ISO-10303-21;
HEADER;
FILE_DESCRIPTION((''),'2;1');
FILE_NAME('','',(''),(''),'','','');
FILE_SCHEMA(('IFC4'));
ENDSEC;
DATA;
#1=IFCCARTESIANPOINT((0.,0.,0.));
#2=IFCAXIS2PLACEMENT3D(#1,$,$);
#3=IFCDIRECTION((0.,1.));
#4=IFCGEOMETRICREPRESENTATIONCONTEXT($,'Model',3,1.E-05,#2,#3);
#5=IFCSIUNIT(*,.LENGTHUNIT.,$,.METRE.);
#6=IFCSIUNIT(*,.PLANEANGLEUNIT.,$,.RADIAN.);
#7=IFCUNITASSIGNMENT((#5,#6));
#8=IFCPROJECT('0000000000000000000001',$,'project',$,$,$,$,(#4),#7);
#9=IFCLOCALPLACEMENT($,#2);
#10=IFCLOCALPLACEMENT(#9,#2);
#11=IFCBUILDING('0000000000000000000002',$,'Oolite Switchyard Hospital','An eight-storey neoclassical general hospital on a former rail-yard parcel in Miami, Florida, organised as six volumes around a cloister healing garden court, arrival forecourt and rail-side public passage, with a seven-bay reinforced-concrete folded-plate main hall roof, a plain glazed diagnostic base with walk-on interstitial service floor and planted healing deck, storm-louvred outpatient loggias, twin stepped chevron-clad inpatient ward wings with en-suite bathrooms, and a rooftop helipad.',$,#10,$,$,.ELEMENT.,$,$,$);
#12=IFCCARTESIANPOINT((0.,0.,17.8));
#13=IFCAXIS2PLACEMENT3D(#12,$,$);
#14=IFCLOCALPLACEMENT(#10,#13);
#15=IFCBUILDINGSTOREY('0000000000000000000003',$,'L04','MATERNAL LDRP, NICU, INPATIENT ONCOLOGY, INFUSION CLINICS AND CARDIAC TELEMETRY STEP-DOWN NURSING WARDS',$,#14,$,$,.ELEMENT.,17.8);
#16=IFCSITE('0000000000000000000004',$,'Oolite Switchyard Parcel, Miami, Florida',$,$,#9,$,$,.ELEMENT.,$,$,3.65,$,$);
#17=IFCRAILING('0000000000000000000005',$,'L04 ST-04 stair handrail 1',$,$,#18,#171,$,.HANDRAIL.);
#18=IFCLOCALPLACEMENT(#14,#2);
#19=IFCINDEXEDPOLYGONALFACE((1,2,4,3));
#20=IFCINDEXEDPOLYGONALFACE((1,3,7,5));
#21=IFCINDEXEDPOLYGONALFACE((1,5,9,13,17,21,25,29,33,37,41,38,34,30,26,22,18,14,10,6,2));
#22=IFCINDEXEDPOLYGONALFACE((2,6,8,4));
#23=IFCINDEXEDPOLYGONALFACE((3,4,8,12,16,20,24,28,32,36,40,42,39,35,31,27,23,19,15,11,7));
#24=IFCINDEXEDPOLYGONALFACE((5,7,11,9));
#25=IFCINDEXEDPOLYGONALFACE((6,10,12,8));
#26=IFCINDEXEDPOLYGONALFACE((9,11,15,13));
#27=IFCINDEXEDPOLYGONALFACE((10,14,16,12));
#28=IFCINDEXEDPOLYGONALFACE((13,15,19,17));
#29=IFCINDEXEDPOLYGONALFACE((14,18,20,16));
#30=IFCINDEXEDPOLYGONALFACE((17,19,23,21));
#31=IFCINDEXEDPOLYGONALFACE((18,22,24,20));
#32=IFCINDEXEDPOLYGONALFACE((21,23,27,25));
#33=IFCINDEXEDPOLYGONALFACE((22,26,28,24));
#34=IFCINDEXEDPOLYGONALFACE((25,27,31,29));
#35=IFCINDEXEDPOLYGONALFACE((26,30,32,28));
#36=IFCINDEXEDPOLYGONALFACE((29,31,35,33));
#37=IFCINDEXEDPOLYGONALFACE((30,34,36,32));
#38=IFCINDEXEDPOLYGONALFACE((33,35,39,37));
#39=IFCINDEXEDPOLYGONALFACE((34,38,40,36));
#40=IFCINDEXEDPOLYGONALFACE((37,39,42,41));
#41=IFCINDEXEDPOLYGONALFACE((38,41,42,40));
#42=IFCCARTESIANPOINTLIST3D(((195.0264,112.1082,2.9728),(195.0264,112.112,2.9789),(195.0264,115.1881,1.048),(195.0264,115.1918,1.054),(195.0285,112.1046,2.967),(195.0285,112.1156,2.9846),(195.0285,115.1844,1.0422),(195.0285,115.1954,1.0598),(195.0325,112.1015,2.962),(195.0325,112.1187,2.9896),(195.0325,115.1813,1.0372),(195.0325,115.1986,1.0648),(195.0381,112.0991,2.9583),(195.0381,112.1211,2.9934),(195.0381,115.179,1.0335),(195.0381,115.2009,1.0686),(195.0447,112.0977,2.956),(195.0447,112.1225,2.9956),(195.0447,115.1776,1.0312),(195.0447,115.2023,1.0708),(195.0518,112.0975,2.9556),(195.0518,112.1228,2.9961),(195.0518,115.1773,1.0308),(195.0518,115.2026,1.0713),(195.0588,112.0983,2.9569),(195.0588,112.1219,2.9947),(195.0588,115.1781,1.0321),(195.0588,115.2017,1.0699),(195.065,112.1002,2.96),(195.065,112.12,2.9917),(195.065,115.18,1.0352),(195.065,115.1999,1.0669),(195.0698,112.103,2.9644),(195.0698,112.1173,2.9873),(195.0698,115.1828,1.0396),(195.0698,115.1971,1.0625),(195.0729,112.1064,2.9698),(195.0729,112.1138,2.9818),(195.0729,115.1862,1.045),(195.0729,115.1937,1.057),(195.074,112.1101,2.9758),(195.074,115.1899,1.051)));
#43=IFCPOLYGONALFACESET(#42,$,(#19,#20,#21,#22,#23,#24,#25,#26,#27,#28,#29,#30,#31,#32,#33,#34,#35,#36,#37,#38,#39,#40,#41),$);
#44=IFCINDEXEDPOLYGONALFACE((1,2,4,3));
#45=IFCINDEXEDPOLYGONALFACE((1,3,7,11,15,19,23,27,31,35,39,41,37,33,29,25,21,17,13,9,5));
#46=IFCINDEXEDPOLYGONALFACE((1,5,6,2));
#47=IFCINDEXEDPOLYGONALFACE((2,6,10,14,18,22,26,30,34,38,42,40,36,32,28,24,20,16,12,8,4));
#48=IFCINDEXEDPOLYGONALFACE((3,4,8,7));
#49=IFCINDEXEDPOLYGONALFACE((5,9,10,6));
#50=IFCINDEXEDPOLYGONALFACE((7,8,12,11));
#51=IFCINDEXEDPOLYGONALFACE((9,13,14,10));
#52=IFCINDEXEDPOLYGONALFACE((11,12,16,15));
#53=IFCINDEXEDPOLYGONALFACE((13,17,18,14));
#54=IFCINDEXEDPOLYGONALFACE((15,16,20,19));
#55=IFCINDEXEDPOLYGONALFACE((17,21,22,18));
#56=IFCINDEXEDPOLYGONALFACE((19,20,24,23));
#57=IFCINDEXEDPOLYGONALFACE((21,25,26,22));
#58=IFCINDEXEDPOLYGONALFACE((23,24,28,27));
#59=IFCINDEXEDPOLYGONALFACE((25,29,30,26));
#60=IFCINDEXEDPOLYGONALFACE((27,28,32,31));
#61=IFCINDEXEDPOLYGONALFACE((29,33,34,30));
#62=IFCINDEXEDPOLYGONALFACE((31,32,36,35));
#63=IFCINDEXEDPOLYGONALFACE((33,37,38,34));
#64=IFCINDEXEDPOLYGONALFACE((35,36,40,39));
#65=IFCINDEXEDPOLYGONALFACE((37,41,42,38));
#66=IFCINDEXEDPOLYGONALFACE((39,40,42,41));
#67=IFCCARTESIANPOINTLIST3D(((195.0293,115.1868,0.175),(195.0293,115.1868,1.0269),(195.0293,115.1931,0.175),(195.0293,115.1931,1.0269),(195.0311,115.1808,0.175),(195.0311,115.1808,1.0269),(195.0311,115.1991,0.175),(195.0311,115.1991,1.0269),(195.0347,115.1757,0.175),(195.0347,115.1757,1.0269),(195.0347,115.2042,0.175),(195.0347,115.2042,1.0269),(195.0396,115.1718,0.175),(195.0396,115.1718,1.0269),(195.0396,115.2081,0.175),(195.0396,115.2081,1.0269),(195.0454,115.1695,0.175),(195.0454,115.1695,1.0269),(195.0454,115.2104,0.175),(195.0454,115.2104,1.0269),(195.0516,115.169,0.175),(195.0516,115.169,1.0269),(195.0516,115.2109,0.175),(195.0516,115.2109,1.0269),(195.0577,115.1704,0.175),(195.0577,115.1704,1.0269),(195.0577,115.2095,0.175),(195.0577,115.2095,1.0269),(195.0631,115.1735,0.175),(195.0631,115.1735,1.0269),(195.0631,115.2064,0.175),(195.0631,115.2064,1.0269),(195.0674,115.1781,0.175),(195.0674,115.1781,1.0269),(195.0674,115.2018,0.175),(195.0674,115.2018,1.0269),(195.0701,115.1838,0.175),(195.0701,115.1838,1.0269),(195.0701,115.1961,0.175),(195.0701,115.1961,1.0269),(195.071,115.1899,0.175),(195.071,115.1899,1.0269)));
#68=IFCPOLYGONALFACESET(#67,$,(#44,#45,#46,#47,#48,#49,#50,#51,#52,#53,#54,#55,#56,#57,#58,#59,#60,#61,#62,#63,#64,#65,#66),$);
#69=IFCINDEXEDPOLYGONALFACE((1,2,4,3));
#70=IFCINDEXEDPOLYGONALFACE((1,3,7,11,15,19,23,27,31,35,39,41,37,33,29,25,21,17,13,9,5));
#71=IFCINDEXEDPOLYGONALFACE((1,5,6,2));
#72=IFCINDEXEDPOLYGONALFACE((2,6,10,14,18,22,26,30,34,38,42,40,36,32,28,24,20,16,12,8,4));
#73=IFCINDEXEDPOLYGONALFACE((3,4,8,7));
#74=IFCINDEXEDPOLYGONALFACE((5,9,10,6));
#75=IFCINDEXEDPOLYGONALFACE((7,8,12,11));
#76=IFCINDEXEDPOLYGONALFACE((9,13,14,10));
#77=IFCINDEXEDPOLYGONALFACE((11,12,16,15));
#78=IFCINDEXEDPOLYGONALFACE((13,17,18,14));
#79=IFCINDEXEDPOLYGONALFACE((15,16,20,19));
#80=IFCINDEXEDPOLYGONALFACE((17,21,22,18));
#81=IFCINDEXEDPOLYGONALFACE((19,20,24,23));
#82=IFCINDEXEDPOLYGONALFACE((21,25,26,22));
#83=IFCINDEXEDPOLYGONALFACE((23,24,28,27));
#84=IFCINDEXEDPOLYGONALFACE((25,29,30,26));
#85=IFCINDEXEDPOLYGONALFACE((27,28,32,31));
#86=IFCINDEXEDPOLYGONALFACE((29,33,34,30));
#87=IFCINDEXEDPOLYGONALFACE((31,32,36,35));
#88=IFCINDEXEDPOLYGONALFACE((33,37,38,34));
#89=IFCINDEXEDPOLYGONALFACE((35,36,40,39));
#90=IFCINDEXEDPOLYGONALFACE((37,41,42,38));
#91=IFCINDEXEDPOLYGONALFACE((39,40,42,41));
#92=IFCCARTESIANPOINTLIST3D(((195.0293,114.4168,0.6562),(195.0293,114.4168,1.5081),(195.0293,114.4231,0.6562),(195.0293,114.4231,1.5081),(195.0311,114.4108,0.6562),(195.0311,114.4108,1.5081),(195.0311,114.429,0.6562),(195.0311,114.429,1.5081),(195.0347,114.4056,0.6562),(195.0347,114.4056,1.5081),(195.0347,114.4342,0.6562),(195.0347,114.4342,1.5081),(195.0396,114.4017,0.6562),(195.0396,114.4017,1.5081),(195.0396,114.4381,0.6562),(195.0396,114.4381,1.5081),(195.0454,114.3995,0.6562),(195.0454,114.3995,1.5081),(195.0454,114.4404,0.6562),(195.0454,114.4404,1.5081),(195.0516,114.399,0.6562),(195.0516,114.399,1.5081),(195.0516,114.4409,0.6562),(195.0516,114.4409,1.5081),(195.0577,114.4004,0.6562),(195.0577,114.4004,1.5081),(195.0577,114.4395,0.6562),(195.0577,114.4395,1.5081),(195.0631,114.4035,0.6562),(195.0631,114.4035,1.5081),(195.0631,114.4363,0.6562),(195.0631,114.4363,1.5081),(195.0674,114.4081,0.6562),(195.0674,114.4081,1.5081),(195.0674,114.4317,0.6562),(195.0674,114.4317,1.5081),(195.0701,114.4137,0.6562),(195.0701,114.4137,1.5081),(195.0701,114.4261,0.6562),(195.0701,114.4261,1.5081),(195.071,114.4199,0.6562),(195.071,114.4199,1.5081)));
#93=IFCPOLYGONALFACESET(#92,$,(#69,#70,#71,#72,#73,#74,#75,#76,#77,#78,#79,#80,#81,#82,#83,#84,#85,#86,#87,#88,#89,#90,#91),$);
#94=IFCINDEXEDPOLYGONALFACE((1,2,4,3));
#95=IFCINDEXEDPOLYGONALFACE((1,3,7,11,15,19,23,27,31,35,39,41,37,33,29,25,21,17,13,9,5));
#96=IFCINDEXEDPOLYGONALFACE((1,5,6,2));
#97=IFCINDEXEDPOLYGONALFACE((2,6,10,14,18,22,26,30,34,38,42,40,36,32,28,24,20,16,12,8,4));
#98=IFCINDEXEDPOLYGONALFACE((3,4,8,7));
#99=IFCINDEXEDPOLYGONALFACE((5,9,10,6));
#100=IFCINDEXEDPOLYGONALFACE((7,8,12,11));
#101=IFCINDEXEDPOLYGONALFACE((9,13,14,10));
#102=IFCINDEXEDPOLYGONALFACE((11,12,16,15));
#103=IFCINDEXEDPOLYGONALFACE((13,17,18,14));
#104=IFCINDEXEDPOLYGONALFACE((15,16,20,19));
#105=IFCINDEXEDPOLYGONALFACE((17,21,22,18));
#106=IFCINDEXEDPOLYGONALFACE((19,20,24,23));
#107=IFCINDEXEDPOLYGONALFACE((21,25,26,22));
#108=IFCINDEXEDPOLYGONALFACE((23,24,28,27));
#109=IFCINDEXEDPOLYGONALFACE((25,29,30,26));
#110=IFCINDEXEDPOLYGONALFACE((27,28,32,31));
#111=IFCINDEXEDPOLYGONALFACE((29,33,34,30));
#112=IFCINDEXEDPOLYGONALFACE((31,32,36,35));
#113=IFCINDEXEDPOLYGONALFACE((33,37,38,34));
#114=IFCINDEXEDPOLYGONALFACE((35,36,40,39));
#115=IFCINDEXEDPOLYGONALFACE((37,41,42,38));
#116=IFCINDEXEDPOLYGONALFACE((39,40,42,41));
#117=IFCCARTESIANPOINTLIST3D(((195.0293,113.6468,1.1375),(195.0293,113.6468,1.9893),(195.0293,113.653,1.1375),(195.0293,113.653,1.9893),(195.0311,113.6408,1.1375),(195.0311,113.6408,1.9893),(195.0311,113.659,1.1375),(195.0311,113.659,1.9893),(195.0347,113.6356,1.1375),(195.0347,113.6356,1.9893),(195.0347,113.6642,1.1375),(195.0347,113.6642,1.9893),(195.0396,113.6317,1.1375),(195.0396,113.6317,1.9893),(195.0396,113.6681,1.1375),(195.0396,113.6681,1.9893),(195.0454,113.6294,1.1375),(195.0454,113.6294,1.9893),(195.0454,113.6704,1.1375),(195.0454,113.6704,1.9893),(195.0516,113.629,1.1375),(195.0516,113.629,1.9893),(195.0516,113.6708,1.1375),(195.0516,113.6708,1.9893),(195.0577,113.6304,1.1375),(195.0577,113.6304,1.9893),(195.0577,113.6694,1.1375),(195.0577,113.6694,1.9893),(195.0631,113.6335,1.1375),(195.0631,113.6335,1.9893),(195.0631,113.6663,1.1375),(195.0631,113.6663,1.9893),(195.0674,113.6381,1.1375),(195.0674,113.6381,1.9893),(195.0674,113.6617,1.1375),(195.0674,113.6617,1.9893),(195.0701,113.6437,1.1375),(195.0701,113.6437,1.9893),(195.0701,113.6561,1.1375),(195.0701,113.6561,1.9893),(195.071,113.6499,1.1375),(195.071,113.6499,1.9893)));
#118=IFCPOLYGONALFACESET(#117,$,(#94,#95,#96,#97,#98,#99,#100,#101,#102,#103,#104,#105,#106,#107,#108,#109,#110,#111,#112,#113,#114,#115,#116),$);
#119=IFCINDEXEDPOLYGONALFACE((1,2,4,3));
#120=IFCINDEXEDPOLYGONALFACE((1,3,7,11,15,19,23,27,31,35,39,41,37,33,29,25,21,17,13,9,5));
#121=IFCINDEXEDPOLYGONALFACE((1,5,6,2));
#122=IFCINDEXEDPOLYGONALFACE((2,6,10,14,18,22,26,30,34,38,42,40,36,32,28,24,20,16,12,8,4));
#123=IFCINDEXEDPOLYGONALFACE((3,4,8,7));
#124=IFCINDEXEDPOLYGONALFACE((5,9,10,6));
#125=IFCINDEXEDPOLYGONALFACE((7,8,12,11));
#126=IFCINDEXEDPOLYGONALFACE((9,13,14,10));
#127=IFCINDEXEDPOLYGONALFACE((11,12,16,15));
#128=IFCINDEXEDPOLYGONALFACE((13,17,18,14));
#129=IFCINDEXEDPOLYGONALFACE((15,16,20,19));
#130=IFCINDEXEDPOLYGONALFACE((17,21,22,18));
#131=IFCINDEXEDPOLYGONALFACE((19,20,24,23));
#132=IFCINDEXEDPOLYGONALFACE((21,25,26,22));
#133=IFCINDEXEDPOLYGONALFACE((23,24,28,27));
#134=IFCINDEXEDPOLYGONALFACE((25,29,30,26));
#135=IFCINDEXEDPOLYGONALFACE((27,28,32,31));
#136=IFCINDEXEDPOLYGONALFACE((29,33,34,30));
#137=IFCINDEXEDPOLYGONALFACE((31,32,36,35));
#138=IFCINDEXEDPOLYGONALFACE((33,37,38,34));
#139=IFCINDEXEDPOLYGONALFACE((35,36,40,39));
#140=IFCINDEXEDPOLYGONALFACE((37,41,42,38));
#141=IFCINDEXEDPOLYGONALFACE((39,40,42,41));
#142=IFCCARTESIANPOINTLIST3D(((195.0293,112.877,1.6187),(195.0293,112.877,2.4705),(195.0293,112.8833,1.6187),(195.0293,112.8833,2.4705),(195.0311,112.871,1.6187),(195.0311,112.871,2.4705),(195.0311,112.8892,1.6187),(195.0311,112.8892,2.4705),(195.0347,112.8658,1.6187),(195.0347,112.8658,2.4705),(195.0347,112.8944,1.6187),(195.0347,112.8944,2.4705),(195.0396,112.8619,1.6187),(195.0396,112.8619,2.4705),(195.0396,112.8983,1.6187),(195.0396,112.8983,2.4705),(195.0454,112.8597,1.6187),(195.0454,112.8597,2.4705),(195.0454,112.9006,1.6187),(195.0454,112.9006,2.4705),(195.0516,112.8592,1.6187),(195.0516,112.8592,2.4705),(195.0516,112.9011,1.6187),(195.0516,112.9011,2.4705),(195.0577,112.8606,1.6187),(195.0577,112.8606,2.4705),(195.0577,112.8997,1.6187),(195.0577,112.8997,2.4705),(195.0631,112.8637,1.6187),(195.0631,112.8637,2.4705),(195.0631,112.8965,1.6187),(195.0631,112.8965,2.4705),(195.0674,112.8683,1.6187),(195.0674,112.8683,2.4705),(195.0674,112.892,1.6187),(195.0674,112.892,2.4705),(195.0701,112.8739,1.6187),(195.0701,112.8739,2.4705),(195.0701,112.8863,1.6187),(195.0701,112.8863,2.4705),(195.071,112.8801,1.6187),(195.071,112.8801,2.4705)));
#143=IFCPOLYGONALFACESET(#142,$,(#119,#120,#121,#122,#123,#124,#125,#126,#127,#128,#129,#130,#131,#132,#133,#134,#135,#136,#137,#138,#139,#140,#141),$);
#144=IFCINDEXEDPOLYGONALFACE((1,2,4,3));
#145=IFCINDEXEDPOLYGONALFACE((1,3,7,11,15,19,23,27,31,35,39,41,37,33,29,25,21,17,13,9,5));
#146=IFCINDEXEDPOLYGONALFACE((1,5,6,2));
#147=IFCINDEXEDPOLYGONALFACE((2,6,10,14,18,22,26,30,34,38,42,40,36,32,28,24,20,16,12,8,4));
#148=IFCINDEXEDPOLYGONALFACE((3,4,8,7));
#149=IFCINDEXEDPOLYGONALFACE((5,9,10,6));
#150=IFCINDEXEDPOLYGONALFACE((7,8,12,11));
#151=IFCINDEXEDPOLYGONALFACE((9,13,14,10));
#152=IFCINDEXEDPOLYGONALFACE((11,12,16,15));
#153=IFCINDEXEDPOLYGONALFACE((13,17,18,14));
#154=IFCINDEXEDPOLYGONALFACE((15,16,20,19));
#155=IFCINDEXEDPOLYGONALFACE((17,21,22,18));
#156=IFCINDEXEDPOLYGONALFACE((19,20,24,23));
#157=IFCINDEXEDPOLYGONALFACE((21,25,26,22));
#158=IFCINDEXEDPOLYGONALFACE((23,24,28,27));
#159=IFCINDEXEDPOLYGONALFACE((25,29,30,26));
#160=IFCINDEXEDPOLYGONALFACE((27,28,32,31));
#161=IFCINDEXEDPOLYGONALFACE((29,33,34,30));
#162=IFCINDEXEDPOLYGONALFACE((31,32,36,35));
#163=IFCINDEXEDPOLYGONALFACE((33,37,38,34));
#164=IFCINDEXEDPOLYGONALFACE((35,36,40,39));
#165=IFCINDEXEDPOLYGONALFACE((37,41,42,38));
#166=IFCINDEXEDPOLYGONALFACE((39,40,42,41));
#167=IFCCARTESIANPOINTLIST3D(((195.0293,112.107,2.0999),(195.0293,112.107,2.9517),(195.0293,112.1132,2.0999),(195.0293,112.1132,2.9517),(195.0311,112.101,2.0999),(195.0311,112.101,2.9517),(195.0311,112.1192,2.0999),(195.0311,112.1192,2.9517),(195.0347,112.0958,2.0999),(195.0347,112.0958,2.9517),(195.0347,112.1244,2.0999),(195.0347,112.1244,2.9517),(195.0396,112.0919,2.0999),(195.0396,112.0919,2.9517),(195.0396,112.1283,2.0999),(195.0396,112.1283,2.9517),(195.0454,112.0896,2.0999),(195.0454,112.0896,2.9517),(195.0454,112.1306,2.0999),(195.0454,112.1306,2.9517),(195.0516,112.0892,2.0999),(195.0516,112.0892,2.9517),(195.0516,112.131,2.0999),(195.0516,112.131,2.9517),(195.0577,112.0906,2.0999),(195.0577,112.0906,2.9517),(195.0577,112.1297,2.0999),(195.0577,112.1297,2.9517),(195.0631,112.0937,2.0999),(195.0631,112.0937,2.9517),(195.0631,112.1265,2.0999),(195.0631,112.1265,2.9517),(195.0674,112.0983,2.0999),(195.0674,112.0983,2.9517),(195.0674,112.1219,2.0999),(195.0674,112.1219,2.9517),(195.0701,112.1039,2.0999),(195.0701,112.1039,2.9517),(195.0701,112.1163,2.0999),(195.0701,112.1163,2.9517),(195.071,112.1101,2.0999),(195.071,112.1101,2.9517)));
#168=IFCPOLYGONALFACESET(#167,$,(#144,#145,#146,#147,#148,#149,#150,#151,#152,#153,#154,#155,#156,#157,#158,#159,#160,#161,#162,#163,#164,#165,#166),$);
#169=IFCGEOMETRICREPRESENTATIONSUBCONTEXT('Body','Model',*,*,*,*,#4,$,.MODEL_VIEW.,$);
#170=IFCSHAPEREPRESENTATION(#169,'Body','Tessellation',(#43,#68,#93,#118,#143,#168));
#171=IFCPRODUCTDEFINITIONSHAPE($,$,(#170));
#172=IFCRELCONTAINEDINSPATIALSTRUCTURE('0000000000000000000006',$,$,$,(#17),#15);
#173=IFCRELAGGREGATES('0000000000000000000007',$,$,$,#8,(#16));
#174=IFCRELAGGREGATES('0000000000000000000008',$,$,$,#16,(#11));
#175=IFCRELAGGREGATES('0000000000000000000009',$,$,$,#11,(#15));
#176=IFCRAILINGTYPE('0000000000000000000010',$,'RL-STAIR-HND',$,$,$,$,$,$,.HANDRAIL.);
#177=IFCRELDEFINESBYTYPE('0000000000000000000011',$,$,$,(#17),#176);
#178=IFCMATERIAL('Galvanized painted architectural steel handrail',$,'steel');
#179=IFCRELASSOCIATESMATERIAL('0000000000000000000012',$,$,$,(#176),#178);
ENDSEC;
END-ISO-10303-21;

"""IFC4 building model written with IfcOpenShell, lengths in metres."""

from ifc_helpers import new_model, si_unit, direction, frame, origin, origin_2d, place, context, subcontext, project, spatial, circle, extrude, material, type_object, element, save


model = new_model("IFC4")

# Units and contexts
model_context = context("Model", 3, precision=1e-05, world=origin(), true_north=direction((0.0, 1.0)))
body_context = subcontext(model_context, "Body", "Model", "MODEL_VIEW")
ifc_project = project(units=[si_unit("LENGTHUNIT", "METRE"), si_unit("PLANEANGLEUNIT", "RADIAN")], contexts=[model_context])

# Site, building, storey
site_placement = place(None, origin())
site = spatial("IfcSite", under=ifc_project, at=site_placement, Name="Oolite Switchyard Parcel, Miami, Florida", CompositionType="ELEMENT", RefElevation=3.65)
building_placement = place(site_placement, origin())
building = spatial("IfcBuilding", under=site, at=building_placement, Name="Oolite Switchyard Hospital", Description="An eight-storey neoclassical general hospital on a former rail-yard parcel in Miami, Florida, organised as six volumes around a cloister healing garden court, arrival forecourt and rail-side public passage, with a seven-bay reinforced-concrete folded-plate main hall roof, a plain glazed diagnostic base with walk-on interstitial service floor and planted healing deck, storm-louvred outpatient loggias, twin stepped chevron-clad inpatient ward wings with en-suite bathrooms, and a rooftop helipad.", CompositionType="ELEMENT")
storey_placement = place(building_placement, frame((0.0, 0.0, 17.8)))
storey = spatial("IfcBuildingStorey", under=building, at=storey_placement, Name="L04", Description="MATERNAL LDRP, NICU, INPATIENT ONCOLOGY, INFUSION CLINICS AND CARDIAC TELEMETRY STEP-DOWN NURSING WARDS", CompositionType="ELEMENT", Elevation=17.8)

# Railing
ifc_material_1 = material(Name="Galvanized painted architectural steel handrail", Category="steel")
railing_type_1 = type_object("IfcRailingType", Name="RL-STAIR-HND", PredefinedType="HANDRAIL", material=ifc_material_1)
railing_1_placement = place(storey_placement, frame((195.05, 115.1899, 0.175)))
element("IfcRailing", 1, at=railing_1_placement, inside=storey, type_object=railing_type_1, Name="L04 ST-04 stair handrail 1", PredefinedType="HANDRAIL", context=body_context, shape_type="SweptSolid", body=[
    extrude(circle(Radius=0.0239, at=origin_2d()), frame((0.0, 0.0, 0.876), z_axis=(0.0, -0.84801, 0.529981), x_axis=(1.0, 0.0, 0.0)), (0.0, 0.0, 1.0), 3.6318),
    extrude(circle(Radius=0.021, at=origin_2d()), origin(), (0.0, 0.0, 1.0), 0.8518),
    extrude(circle(Radius=0.021, at=origin_2d()), frame((0.0, -0.77, 0.4812)), (0.0, 0.0, 1.0), 0.8518),
    extrude(circle(Radius=0.021, at=origin_2d()), frame((0.0, -1.54, 0.9624)), (0.0, 0.0, 1.0), 0.8518),
    extrude(circle(Radius=0.021, at=origin_2d()), frame((0.0, -2.3098, 1.4436)), (0.0, 0.0, 1.0), 0.8518),
    extrude(circle(Radius=0.021, at=origin_2d()), frame((0.0, -3.0798, 1.9248)), (0.0, 0.0, 1.0), 0.8518),
])

save(model, "model.ifc")
